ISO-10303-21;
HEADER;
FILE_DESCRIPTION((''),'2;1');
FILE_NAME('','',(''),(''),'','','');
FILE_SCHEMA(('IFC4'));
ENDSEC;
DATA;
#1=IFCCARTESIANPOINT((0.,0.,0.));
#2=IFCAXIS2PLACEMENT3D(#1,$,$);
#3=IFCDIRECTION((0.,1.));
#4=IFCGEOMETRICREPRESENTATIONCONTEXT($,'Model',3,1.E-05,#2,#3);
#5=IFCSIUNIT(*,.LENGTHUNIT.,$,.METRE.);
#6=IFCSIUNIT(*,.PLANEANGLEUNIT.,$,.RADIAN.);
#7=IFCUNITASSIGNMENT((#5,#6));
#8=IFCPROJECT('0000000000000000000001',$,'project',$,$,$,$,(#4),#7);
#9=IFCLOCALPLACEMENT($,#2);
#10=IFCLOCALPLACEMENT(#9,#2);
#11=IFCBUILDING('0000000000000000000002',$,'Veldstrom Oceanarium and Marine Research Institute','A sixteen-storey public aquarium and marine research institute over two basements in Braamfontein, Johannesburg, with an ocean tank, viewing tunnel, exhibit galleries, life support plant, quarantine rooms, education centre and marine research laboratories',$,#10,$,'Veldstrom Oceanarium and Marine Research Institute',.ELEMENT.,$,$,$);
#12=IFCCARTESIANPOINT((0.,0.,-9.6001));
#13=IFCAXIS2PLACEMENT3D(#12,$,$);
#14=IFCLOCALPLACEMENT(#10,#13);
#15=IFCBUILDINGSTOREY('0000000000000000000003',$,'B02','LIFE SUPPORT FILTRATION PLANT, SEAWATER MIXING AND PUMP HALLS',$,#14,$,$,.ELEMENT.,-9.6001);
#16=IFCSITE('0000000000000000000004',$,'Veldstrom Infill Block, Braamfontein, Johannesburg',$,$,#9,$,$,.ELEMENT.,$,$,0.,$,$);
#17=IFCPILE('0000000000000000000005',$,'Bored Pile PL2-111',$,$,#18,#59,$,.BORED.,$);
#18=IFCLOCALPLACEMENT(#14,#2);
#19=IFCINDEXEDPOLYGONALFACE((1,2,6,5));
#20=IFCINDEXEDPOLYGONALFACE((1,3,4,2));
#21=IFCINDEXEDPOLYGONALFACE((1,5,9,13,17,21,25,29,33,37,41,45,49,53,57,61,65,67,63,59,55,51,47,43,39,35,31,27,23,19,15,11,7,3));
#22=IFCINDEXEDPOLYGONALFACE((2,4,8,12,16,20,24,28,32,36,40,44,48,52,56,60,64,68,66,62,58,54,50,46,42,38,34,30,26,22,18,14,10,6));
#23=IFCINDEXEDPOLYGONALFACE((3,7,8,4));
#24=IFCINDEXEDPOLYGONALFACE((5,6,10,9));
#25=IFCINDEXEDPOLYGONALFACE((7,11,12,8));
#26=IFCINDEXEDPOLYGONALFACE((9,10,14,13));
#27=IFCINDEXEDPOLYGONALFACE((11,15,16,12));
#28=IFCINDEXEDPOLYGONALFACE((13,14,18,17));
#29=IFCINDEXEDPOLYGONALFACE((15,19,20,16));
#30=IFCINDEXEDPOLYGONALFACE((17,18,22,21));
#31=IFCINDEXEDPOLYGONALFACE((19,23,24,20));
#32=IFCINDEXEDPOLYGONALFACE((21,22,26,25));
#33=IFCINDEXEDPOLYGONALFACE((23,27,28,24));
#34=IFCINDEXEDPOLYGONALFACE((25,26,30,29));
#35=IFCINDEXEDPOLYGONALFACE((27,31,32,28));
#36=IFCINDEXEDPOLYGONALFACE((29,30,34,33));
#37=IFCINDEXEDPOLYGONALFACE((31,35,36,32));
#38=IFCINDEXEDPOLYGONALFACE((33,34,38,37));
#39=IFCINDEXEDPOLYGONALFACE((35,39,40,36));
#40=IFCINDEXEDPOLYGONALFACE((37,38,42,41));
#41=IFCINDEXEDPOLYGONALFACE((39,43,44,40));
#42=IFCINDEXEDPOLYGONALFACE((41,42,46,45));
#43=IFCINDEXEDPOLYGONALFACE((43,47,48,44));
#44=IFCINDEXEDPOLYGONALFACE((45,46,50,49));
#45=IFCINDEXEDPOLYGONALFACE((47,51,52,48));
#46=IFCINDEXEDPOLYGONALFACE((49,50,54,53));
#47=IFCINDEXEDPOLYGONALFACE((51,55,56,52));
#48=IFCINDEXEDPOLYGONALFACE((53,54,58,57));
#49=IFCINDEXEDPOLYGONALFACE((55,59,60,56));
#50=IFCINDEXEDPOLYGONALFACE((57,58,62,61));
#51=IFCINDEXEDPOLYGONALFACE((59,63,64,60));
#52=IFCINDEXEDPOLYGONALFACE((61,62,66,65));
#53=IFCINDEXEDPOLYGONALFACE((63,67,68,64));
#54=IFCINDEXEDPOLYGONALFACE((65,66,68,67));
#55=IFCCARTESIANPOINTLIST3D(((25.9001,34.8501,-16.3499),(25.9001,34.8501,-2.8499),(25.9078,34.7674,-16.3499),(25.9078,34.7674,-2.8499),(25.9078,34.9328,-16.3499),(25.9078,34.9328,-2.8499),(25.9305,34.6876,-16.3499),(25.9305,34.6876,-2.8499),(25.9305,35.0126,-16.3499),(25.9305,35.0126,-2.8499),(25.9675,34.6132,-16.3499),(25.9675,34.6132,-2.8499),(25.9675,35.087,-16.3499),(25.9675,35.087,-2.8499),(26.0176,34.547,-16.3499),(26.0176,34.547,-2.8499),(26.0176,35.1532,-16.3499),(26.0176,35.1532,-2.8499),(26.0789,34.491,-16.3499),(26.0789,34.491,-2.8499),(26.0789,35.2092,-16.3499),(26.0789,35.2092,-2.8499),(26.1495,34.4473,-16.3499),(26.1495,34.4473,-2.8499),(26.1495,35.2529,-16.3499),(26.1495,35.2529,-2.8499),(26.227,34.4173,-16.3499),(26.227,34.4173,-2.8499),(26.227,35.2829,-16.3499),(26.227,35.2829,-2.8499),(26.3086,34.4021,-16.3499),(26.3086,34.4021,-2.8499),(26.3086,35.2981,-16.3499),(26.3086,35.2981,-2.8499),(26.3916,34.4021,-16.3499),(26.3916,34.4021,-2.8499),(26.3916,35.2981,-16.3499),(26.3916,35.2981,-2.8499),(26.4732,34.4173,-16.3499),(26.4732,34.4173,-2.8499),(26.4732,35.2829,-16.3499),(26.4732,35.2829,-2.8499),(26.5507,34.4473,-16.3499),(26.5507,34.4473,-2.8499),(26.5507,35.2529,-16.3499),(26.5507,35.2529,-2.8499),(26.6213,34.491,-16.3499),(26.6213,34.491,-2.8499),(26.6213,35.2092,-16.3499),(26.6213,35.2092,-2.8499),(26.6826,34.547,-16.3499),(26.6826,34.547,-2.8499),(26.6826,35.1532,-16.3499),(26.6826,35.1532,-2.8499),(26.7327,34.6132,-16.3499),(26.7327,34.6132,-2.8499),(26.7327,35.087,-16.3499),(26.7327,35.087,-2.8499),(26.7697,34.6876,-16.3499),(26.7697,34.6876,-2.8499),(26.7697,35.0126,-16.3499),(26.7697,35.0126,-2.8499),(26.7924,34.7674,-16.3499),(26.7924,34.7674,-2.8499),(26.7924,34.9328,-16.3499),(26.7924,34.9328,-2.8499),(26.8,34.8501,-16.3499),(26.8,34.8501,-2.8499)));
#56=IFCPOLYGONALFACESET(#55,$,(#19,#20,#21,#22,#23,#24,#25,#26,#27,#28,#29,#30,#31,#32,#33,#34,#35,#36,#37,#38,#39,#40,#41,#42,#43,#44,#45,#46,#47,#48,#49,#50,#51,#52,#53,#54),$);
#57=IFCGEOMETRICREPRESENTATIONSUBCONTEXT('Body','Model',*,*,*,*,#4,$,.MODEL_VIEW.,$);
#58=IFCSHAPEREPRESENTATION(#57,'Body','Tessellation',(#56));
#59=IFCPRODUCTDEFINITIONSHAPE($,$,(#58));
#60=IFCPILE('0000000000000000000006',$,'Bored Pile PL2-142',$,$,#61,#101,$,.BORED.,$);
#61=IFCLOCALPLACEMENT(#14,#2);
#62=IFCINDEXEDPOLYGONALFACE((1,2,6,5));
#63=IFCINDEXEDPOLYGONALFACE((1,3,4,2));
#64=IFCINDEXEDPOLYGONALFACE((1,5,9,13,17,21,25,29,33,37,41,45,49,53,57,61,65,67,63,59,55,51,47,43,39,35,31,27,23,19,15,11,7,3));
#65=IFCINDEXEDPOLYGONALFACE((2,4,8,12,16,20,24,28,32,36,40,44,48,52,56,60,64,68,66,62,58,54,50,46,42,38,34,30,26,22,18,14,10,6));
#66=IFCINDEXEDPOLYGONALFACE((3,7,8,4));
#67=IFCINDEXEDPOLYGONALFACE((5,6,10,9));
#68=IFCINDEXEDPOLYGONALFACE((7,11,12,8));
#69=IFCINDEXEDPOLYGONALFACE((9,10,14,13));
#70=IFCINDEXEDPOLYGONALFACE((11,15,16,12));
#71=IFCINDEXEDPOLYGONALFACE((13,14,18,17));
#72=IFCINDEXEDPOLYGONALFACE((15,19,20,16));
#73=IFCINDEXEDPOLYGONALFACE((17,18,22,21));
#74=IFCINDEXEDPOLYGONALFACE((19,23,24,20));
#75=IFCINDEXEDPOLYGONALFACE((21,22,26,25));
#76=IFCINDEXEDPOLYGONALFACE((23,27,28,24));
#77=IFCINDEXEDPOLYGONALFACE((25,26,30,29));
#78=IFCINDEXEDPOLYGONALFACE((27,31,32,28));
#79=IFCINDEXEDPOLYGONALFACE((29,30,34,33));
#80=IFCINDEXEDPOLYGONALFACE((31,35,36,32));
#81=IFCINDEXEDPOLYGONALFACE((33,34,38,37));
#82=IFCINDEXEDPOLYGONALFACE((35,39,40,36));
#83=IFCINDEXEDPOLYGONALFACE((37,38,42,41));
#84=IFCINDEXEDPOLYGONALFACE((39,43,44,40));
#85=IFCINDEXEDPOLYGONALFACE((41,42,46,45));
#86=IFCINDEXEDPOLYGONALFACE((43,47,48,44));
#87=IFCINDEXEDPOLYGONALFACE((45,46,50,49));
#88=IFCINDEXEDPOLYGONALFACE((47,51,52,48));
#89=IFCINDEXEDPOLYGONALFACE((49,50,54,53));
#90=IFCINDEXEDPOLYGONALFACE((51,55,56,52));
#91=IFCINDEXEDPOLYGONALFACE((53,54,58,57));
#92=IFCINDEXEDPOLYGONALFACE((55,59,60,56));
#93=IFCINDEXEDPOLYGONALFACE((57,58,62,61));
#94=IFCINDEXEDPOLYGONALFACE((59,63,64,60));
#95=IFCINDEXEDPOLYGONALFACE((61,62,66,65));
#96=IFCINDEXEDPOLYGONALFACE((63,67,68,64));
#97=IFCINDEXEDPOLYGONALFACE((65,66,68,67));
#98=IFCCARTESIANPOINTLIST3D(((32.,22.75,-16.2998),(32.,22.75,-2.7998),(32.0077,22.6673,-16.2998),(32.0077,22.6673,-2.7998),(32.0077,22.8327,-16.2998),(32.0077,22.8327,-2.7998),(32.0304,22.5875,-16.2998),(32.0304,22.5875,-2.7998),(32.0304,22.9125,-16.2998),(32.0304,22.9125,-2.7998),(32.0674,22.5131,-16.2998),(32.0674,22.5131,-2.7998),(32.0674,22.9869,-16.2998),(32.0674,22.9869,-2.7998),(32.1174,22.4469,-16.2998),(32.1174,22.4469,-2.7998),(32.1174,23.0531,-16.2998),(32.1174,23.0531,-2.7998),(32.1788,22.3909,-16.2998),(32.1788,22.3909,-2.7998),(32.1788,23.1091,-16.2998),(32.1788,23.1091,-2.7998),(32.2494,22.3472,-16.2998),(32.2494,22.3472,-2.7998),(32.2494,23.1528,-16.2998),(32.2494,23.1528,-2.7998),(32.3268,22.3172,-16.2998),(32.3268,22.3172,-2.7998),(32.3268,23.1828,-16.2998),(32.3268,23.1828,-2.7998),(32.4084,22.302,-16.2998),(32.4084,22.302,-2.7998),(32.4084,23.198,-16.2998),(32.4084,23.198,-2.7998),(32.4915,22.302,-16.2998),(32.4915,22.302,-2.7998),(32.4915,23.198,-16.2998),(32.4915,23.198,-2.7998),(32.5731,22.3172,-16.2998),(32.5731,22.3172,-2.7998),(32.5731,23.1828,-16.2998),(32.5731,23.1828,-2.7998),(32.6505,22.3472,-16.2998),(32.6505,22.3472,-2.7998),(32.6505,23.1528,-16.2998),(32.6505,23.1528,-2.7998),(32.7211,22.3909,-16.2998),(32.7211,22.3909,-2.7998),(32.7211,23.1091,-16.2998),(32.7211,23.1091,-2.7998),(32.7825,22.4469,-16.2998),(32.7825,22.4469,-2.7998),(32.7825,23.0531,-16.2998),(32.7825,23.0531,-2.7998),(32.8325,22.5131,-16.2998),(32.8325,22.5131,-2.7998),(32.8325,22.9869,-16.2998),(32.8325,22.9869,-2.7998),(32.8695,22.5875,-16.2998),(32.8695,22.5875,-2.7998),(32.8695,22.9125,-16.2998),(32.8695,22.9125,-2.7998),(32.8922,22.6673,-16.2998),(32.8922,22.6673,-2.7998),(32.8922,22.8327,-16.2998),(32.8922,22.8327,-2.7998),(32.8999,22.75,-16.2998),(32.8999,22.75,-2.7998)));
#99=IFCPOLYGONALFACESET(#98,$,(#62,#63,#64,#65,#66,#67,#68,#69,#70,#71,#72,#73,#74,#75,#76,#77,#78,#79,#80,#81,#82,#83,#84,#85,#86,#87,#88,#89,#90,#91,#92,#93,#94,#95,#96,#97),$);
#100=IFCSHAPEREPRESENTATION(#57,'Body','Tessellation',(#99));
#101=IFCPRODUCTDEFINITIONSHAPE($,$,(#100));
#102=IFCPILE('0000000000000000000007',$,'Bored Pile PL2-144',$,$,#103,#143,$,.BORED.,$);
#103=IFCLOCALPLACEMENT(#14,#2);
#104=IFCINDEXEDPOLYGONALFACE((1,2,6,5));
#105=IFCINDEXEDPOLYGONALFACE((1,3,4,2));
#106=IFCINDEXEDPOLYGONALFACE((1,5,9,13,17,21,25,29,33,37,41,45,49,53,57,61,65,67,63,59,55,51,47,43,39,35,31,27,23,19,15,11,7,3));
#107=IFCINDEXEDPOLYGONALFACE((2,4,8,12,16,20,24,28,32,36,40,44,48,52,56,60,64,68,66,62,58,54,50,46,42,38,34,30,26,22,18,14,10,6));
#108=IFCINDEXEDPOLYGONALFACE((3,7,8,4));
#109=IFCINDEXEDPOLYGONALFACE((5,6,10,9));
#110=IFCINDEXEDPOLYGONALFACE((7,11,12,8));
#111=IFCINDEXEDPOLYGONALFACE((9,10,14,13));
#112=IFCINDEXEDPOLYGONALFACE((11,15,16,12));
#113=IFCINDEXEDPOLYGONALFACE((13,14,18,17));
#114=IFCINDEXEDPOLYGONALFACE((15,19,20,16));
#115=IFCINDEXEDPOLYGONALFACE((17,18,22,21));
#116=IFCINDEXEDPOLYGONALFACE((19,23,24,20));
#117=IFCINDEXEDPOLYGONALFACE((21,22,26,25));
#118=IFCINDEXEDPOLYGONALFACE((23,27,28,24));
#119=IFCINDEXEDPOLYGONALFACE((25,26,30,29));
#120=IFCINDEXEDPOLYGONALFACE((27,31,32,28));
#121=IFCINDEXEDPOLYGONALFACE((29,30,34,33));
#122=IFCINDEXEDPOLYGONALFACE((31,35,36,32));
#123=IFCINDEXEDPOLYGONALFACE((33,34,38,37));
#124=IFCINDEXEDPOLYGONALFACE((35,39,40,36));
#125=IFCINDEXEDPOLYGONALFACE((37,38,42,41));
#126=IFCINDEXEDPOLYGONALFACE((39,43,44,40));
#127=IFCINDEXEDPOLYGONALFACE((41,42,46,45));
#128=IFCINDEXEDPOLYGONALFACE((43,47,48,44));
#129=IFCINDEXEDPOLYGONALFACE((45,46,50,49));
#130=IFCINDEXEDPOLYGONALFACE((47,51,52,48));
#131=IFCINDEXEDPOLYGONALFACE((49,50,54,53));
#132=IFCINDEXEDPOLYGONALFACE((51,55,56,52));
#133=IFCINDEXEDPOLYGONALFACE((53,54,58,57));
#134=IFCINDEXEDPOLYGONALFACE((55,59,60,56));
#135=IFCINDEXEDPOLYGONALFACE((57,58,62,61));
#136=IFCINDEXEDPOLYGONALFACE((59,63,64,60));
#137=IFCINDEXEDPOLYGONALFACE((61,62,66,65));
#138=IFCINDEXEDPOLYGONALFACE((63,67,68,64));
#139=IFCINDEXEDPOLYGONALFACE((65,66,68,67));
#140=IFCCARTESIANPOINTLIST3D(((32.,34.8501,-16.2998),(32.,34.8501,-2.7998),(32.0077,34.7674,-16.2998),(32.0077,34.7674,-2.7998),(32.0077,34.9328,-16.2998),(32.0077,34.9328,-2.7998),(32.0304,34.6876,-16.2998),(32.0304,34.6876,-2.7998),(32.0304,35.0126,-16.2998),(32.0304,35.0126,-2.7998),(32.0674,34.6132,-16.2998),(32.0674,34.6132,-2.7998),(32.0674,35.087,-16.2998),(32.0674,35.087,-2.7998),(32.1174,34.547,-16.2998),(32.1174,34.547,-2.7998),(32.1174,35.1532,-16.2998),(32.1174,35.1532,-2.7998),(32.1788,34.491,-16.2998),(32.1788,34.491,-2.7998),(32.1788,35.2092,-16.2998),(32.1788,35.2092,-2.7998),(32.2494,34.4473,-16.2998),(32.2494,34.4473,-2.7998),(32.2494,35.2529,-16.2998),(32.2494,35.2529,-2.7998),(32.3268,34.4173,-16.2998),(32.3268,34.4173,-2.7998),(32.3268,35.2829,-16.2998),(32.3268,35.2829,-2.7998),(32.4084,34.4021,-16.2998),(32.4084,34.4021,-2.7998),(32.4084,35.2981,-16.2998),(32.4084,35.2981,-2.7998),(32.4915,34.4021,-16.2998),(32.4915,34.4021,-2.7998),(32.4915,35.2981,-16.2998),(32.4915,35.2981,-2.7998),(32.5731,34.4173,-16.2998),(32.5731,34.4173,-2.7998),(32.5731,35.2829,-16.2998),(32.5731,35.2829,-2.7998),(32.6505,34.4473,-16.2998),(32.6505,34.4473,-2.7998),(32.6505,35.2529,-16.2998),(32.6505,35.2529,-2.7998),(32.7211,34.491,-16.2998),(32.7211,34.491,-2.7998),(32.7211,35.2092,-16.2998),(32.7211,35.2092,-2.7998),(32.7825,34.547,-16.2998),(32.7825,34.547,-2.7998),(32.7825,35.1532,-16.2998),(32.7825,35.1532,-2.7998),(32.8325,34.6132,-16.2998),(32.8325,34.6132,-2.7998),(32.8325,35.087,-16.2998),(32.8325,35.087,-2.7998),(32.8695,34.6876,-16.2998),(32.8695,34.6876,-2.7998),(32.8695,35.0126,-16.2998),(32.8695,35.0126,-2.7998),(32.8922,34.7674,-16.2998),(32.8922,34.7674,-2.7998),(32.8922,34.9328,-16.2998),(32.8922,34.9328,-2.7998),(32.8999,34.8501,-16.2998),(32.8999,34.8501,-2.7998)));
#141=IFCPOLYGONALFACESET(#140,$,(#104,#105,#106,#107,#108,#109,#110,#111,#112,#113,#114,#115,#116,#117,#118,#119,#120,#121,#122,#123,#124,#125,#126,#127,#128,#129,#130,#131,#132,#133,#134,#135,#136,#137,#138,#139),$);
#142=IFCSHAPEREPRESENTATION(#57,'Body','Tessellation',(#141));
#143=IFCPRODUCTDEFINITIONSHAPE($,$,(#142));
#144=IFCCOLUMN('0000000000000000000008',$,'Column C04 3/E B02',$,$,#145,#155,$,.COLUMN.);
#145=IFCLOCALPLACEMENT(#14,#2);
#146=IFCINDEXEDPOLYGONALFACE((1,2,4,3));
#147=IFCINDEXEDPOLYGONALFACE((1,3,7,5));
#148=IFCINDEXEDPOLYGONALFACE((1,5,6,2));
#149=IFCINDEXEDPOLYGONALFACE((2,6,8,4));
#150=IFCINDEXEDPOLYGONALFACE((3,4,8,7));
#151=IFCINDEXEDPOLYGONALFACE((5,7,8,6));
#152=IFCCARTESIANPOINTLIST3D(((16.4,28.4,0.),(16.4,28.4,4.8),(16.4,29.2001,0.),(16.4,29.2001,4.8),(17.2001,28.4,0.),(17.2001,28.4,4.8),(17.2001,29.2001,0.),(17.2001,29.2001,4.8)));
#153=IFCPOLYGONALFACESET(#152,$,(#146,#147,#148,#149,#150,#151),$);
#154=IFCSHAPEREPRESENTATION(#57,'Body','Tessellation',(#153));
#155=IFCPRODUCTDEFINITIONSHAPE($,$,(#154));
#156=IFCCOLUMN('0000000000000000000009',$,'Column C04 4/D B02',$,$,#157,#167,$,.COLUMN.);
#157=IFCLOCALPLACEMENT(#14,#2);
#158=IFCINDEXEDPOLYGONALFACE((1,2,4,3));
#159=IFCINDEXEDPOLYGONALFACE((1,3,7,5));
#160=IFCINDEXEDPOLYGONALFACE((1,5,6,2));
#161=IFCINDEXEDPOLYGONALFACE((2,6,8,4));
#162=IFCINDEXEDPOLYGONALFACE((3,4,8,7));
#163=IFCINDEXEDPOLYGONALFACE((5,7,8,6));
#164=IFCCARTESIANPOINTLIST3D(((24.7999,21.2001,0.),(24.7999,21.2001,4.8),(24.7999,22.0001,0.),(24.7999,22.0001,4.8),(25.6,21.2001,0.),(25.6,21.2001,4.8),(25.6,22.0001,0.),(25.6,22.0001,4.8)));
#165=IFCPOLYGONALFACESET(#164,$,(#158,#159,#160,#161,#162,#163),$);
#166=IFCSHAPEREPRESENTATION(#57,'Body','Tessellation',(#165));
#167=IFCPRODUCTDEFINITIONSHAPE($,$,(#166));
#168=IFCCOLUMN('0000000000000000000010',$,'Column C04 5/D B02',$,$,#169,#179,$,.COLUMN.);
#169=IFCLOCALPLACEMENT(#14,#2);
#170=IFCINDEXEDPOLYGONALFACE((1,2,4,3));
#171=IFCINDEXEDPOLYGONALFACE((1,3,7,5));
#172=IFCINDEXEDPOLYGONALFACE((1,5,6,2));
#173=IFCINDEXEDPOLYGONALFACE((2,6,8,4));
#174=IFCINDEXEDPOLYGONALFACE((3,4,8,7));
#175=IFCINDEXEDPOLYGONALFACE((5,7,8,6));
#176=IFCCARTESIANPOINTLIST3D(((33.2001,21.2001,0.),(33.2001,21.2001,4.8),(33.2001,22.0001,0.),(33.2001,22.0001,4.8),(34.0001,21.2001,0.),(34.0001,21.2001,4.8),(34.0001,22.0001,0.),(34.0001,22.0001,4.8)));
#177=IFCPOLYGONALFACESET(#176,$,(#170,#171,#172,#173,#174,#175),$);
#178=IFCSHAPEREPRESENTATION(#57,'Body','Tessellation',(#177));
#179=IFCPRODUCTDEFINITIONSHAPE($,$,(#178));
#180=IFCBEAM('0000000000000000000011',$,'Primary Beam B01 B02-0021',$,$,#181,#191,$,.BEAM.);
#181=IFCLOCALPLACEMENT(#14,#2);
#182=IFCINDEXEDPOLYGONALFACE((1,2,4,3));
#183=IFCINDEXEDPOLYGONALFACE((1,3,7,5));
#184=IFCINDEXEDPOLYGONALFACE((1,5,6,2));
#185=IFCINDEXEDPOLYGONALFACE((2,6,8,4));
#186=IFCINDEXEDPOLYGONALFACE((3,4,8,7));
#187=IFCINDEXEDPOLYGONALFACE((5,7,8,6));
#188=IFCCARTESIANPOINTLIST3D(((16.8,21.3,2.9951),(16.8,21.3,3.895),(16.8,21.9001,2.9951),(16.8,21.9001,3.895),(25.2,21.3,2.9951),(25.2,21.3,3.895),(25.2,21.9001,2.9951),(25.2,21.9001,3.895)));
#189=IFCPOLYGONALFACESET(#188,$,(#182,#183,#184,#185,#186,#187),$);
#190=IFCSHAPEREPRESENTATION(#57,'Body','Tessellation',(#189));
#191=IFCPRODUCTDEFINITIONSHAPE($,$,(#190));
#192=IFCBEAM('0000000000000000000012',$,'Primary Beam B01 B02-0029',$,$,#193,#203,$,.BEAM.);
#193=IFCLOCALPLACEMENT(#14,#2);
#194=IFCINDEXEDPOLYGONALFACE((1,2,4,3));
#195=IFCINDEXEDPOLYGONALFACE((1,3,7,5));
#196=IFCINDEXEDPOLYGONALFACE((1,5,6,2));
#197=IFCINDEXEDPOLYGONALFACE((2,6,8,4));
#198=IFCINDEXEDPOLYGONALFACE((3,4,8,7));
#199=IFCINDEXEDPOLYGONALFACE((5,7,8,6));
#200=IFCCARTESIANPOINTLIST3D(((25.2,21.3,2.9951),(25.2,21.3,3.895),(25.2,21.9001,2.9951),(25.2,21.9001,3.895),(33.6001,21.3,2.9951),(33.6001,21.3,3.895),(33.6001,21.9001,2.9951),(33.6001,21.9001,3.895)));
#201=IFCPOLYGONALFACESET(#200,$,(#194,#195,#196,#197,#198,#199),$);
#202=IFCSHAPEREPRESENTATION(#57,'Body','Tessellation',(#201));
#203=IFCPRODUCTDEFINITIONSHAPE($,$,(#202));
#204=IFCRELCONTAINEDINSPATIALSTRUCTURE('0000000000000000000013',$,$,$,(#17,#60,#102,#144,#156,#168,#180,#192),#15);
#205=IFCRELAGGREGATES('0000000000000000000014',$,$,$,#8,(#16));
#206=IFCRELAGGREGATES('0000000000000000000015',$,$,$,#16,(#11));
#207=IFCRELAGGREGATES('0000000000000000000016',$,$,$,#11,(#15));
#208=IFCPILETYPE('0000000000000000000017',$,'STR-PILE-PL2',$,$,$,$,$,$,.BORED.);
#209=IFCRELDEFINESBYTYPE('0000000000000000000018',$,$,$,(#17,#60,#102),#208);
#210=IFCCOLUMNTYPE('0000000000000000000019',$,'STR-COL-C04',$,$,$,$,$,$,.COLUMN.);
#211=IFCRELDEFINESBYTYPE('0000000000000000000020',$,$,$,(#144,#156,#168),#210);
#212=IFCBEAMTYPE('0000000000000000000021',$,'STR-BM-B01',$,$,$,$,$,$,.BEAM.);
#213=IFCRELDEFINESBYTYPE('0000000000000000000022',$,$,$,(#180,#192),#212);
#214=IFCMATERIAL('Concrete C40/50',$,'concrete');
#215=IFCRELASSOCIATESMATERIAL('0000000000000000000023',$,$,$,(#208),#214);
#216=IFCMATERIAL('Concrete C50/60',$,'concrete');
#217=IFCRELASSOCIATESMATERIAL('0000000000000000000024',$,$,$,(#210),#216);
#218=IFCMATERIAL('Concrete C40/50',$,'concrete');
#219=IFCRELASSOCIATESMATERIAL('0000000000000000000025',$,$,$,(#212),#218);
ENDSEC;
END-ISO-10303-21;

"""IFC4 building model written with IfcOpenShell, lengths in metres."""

from ifc_helpers import new_model, si_unit, direction, frame, origin, origin_2d, place, context, subcontext, project, spatial, rectangle, circle, extrude, material, material_profile, profile_set, type_object, element, save


model = new_model("IFC4")

# Units and contexts
model_context = context("Model", 3, precision=1e-05, world=origin(), true_north=direction((0.0, 1.0)))
body_context = subcontext(model_context, "Body", "Model", "MODEL_VIEW")
ifc_project = project(units=[si_unit("LENGTHUNIT", "METRE"), si_unit("PLANEANGLEUNIT", "RADIAN")], contexts=[model_context])

# Site, building, storey
site_placement = place(None, origin())
site = spatial("IfcSite", under=ifc_project, at=site_placement, Name="Veldstrom Infill Block, Braamfontein, Johannesburg", CompositionType="ELEMENT", RefElevation=0.0)
building_placement = place(site_placement, origin())
building = spatial("IfcBuilding", under=site, at=building_placement, Name="Veldstrom Oceanarium and Marine Research Institute", Description="A sixteen-storey public aquarium and marine research institute over two basements in Braamfontein, Johannesburg, with an ocean tank, viewing tunnel, exhibit galleries, life support plant, quarantine rooms, education centre and marine research laboratories", LongName="Veldstrom Oceanarium and Marine Research Institute", CompositionType="ELEMENT")
storey_placement = place(building_placement, frame((0.0, 0.0, -9.6001)))
storey = spatial("IfcBuildingStorey", under=building, at=storey_placement, Name="B02", Description="LIFE SUPPORT FILTRATION PLANT, SEAWATER MIXING AND PUMP HALLS", CompositionType="ELEMENT", Elevation=-9.6001)

# Piles
ifc_material_1 = material(Name="Concrete C40/50", Category="concrete")
ifc_material_profile_1 = material_profile(ifc_material_1, circle(Radius=0.45, at=origin_2d()), Name="PILE-D900")
ifc_profile_set_1 = profile_set([ifc_material_profile_1], Name="Concrete C40/50")
pile_type = type_object("IfcPileType", Name="STR-PILE-PL2", PredefinedType="BORED", material=ifc_profile_set_1)
for number, where, z_axis, x_axis, name in (
    (1, (26.3501, 34.8501, -2.8499), (0.0, 0.0, -1.0), (1.0, 0.0, 0.0), "Bored Pile PL2-111"),
    (2, (32.45, 22.75, -2.7998), (0.0, 0.0, -1.0), (1.0, 0.0, 0.0), "Bored Pile PL2-142"),
    (3, (32.45, 34.8501, -2.7998), (0.0, 0.0, -1.0), (1.0, 0.0, 0.0), "Bored Pile PL2-144"),
):
    element("IfcPile", number, at=place(storey_placement, frame(where, z_axis=z_axis, x_axis=x_axis)), inside=storey, type_object=pile_type, Name=name, PredefinedType="BORED", context=body_context, shape_type="SweptSolid", body=[
        extrude(circle(Radius=0.45, at=origin_2d()), origin(), (0.0, 0.0, 1.0), 13.5),
    ])

# Columns
ifc_material_2 = material(Name="Concrete C50/60", Category="concrete")
ifc_material_profile_2 = material_profile(ifc_material_2, rectangle(XDim=0.8, YDim=0.8, at=origin_2d()), Name="RC-COL-800x800")
ifc_profile_set_2 = profile_set([ifc_material_profile_2], Name="Concrete C50/60")
column_type = type_object("IfcColumnType", Name="STR-COL-C04", PredefinedType="COLUMN", material=ifc_profile_set_2)
for number, where, z_axis, x_axis, name in (
    (4, (16.8, 28.8, 0.0), (0.0, 0.0, 1.0), (1.0, 0.0, 0.0), "Column C04 3/E B02"),
    (5, (25.2, 21.6001, 0.0), (0.0, 0.0, 1.0), (1.0, 0.0, 0.0), "Column C04 4/D B02"),
    (6, (33.6001, 21.6001, 0.0), (0.0, 0.0, 1.0), (1.0, 0.0, 0.0), "Column C04 5/D B02"),
):
    element("IfcColumn", number, at=place(storey_placement, frame(where, z_axis=z_axis, x_axis=x_axis)), inside=storey, type_object=column_type, Name=name, PredefinedType="COLUMN", context=body_context, shape_type="SweptSolid", body=[
        extrude(rectangle(XDim=0.8, YDim=0.8, at=origin_2d()), origin(), (0.0, 0.0, 1.0), 4.8),
    ])

# Beams
ifc_material_3 = material(Name="Concrete C40/50", Category="concrete")
ifc_material_profile_3 = material_profile(ifc_material_3, rectangle(XDim=0.6001, YDim=0.8999, at=origin_2d()), Name="RC-BM-600x900")
ifc_profile_set_3 = profile_set([ifc_material_profile_3], Name="Concrete C40/50")
beam_type_1 = type_object("IfcBeamType", Name="STR-BM-B01", PredefinedType="BEAM", material=ifc_profile_set_3)
beam_1_placement = place(storey_placement, frame((16.8, 21.6001, 3.4451), z_axis=(1.0, 0.0, 0.0), x_axis=(0.0, 1.0, 0.0)))
element("IfcBeam", 7, at=beam_1_placement, inside=storey, type_object=beam_type_1, Name="Primary Beam B01 B02-0021", PredefinedType="BEAM", context=body_context, shape_type="SweptSolid", body=[
    extrude(rectangle(XDim=0.6001, YDim=0.8999, at=origin_2d()), origin(), (0.0, 0.0, 1.0), 8.3999),
])
beam_2_placement = place(storey_placement, frame((25.2, 21.6001, 3.4451), z_axis=(1.0, 0.0, 0.0), x_axis=(0.0, 1.0, 0.0)))
element("IfcBeam", 8, at=beam_2_placement, inside=storey, type_object=beam_type_1, Name="Primary Beam B01 B02-0029", PredefinedType="BEAM", context=body_context, shape_type="SweptSolid", body=[
    extrude(rectangle(XDim=0.6001, YDim=0.8999, at=origin_2d()), origin(), (0.0, 0.0, 1.0), 8.4001),
])

save(model, "model.ifc")
